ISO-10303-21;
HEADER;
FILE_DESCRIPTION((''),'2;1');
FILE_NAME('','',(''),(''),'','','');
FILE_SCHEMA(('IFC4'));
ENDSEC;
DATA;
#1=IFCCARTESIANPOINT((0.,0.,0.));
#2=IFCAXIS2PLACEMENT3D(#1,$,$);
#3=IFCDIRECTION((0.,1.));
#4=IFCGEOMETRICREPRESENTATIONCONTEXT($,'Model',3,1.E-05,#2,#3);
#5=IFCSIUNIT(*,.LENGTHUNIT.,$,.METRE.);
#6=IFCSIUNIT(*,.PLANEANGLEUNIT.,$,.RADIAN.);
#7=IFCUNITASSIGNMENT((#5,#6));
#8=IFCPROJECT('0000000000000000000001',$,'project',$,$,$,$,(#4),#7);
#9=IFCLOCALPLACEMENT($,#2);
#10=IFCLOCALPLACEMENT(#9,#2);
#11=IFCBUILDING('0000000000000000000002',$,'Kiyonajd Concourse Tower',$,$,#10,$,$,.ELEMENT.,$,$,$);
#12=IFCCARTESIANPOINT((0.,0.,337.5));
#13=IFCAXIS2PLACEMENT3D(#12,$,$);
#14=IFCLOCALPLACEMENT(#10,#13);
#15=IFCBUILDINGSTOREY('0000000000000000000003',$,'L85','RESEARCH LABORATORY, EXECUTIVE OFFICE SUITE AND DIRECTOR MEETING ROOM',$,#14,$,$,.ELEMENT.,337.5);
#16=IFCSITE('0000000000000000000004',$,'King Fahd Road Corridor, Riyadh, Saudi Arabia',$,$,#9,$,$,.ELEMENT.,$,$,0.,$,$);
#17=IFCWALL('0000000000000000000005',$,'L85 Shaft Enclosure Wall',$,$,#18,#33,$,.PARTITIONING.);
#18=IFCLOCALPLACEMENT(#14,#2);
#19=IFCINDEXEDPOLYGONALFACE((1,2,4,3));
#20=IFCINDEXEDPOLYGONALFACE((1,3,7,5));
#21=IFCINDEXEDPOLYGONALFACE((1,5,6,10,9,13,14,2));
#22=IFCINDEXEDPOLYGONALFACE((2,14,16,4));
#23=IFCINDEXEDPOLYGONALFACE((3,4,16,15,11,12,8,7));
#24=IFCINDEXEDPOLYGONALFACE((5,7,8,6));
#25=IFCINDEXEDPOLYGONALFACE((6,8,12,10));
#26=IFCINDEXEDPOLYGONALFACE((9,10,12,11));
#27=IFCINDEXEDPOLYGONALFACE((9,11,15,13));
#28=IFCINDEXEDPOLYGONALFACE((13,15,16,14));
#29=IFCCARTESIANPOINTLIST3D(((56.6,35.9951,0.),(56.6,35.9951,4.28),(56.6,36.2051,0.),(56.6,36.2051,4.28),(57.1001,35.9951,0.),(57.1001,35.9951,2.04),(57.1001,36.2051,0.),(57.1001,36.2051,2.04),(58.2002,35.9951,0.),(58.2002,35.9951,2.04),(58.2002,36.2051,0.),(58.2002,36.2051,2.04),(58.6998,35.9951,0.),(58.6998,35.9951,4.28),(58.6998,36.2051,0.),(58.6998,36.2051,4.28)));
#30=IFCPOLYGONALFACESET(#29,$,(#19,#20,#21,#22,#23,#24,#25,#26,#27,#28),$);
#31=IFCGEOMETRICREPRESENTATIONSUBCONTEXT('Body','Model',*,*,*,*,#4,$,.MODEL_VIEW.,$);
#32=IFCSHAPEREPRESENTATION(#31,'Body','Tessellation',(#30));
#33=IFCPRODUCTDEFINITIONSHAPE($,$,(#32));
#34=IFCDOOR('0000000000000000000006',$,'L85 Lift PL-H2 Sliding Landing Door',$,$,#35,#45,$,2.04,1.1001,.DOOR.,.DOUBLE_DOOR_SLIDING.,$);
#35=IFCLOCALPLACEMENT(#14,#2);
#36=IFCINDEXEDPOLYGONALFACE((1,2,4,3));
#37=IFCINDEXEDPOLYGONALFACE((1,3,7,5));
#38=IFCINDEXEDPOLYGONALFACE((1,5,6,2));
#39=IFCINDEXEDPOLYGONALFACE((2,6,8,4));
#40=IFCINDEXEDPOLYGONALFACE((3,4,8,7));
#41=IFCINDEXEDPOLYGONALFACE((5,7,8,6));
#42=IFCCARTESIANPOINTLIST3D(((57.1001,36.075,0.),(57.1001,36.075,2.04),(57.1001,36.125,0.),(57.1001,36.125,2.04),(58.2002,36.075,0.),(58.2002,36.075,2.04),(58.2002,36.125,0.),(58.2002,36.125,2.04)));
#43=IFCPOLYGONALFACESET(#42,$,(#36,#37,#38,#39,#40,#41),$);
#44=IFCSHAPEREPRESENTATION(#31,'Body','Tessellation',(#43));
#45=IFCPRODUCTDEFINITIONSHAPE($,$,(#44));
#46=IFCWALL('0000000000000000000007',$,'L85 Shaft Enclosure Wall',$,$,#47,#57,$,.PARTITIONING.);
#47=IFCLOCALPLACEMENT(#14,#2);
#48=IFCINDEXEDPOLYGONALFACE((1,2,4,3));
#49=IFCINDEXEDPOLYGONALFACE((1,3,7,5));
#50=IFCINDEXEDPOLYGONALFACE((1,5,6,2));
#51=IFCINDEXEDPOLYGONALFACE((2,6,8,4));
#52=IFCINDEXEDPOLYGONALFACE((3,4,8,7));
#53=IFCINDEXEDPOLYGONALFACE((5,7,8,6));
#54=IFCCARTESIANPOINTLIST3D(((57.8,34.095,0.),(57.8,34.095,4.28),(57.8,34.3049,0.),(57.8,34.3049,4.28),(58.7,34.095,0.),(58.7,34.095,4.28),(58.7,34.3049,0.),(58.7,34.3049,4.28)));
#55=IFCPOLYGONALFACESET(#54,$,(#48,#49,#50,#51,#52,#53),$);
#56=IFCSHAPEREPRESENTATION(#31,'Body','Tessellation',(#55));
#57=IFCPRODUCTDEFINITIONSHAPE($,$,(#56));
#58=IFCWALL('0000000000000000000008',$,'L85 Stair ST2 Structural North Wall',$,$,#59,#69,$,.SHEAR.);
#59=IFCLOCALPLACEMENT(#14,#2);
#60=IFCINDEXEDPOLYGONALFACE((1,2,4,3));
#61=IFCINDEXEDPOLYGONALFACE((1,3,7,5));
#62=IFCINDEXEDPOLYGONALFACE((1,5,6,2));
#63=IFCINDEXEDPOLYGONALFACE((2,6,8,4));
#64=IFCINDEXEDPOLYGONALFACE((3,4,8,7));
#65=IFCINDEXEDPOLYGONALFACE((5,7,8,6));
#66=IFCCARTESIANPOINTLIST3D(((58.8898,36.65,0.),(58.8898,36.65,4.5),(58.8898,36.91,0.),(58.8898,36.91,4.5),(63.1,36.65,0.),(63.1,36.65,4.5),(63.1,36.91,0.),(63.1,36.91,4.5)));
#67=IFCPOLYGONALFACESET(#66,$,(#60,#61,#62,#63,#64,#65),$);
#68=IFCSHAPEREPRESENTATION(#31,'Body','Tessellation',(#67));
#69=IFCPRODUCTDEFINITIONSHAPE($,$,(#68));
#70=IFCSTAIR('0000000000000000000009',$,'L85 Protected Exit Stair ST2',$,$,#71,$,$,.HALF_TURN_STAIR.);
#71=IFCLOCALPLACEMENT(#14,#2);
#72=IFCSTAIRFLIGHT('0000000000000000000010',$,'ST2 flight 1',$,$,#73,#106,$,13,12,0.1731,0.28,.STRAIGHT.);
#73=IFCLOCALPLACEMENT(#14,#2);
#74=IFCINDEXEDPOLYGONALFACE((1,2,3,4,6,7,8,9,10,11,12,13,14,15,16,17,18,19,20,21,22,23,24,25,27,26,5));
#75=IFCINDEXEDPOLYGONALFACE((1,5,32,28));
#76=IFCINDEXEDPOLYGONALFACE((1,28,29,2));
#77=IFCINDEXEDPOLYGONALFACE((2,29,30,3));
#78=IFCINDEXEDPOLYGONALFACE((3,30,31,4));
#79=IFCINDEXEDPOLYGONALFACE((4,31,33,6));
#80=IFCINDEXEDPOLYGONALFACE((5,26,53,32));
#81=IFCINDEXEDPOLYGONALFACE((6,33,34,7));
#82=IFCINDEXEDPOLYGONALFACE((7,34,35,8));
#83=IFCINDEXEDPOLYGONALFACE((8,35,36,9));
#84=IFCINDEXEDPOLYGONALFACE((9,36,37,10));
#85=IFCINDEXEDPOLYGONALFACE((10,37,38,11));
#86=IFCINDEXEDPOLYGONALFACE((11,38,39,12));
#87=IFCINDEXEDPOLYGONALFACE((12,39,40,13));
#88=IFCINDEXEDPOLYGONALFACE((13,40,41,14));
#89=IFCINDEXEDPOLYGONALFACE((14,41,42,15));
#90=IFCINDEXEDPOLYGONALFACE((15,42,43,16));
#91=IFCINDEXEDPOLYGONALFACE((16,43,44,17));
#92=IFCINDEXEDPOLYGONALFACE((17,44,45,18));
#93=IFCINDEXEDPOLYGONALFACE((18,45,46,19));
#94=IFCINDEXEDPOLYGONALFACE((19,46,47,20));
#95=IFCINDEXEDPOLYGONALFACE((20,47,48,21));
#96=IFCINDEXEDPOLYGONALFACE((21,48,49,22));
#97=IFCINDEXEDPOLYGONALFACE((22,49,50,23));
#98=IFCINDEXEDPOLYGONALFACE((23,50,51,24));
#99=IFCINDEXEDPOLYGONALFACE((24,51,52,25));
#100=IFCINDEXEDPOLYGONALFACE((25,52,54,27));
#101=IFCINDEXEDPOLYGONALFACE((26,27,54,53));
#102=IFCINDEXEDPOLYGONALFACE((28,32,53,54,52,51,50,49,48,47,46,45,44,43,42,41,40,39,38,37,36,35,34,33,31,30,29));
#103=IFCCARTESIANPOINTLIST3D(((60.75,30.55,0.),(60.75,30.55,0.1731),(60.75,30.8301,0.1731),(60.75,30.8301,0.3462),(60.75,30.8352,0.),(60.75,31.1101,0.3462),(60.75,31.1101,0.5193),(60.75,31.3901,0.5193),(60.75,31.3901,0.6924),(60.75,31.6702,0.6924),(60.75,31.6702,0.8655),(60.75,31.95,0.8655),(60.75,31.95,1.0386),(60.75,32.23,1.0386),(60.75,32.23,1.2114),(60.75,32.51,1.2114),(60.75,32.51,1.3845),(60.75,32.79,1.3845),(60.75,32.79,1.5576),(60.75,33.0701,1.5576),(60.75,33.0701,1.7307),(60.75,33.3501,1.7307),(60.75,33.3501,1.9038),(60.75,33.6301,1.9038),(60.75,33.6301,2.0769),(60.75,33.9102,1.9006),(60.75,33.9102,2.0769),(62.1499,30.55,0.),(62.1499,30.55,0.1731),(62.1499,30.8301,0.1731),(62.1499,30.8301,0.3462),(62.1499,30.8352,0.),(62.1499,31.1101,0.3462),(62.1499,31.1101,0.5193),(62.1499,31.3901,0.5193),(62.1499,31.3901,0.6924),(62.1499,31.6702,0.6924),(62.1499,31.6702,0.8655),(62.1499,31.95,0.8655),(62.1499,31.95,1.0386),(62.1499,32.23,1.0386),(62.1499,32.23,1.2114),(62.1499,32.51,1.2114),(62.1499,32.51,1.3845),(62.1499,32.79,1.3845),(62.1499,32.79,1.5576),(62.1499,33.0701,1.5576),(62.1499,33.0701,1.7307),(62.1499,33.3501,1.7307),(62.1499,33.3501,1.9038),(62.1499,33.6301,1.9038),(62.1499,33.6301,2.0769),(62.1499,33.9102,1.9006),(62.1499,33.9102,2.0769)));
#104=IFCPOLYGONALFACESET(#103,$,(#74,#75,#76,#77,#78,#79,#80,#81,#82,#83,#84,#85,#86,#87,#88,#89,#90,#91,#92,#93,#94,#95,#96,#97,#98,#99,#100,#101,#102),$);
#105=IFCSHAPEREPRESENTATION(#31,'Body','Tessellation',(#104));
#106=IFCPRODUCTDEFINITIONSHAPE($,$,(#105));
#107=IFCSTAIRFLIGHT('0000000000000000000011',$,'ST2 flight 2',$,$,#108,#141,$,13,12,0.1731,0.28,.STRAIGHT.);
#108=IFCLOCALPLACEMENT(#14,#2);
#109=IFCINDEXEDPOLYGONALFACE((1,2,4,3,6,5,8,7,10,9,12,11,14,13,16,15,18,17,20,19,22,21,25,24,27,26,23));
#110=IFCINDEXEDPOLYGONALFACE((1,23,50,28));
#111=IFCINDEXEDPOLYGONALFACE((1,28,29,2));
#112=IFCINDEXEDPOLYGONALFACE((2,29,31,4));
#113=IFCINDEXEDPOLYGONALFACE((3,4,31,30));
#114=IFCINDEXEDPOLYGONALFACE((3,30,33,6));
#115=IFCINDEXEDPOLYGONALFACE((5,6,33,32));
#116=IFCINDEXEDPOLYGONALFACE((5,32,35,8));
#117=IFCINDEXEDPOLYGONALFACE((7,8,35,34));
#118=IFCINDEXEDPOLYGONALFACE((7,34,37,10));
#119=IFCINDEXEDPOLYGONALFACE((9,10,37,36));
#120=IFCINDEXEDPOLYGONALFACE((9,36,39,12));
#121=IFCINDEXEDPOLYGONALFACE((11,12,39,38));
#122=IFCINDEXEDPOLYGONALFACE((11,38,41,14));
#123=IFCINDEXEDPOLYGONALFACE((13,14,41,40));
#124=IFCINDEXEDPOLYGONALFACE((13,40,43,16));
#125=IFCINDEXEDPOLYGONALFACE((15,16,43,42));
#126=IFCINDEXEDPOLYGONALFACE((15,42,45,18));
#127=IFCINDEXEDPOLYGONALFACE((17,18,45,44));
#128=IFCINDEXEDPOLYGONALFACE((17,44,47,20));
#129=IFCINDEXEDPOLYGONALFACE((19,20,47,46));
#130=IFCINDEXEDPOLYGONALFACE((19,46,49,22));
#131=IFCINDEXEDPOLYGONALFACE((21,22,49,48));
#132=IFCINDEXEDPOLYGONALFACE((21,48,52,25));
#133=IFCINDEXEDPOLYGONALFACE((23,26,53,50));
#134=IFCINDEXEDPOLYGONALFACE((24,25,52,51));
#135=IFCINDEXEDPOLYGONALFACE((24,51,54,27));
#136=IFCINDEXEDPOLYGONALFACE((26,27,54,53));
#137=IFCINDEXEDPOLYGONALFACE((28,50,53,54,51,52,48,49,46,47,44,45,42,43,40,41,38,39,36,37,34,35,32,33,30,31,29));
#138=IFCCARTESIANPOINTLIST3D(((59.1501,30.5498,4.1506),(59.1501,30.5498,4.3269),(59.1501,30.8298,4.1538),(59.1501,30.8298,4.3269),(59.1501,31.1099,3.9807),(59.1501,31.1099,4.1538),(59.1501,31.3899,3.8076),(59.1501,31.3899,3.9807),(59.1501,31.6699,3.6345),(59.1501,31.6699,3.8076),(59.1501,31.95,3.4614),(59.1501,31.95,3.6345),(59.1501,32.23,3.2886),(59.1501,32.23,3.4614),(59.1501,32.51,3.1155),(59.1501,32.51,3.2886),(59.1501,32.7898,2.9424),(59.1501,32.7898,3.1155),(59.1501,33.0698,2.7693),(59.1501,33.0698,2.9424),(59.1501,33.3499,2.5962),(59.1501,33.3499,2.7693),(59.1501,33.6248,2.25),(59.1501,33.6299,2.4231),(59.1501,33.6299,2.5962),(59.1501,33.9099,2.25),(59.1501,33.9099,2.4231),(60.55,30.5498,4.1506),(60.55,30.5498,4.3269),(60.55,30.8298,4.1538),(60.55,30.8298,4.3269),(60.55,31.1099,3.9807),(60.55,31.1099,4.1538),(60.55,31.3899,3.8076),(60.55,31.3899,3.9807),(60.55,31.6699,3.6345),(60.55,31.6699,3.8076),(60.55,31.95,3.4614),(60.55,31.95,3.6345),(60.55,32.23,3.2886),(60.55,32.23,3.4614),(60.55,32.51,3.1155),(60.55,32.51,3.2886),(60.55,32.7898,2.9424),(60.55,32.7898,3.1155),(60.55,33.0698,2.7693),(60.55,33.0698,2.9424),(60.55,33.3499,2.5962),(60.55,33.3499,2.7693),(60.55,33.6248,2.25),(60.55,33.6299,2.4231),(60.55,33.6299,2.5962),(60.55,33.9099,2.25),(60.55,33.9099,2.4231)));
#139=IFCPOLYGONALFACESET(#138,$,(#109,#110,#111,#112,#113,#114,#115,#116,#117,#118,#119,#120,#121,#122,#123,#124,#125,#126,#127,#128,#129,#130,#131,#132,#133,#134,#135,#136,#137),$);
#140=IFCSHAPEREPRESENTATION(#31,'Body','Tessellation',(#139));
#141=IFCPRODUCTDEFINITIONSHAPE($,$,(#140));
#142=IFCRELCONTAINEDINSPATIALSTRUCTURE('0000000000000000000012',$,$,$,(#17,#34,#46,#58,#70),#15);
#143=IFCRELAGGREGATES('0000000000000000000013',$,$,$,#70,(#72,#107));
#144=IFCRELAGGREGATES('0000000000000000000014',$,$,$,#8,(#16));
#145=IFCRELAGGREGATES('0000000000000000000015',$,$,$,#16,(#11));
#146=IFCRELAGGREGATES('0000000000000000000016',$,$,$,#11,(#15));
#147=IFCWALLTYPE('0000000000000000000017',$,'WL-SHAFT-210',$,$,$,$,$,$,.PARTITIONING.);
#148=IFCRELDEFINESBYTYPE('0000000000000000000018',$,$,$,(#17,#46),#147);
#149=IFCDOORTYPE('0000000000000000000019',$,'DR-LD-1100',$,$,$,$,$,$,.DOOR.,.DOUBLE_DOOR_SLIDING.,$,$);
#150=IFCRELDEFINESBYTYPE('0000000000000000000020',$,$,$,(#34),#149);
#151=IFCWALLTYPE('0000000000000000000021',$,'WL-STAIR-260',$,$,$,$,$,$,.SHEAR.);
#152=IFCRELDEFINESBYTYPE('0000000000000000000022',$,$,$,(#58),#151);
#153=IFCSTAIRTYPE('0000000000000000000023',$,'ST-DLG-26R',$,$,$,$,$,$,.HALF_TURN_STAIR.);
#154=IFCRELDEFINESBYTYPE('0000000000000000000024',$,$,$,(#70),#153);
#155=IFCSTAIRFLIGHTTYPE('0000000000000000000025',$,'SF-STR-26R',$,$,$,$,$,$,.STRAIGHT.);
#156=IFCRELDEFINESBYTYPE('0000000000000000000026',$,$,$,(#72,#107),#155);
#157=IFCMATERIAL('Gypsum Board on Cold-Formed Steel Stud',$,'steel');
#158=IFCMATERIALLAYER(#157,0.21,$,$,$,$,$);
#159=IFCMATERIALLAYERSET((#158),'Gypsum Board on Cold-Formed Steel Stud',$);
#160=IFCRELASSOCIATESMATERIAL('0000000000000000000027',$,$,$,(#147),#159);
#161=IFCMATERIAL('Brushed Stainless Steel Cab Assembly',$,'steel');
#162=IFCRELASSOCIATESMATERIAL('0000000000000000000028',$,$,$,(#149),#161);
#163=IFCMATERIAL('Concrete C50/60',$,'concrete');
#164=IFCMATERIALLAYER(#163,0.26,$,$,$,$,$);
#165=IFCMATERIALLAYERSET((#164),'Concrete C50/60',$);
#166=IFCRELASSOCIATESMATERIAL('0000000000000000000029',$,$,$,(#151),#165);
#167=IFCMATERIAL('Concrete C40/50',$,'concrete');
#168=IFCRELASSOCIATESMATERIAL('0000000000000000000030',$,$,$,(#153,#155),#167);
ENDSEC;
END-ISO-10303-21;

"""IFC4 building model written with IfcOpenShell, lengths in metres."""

from ifc_helpers import new_model, si_unit, direction, frame, frame_2d, origin, place, context, subcontext, project, spatial, polyline, rectangle, outline, extrude, material, layer, layer_set, type_object, element, fill, aggregate, save


model = new_model("IFC4")

# Units and contexts
model_context = context("Model", 3, precision=1e-05, world=origin(), true_north=direction((0.0, 1.0)))
body_context = subcontext(model_context, "Body", "Model", "MODEL_VIEW")
ifc_project = project(units=[si_unit("LENGTHUNIT", "METRE"), si_unit("PLANEANGLEUNIT", "RADIAN")], contexts=[model_context])

# Site, building, storey
site_placement = place(None, origin())
site = spatial("IfcSite", under=ifc_project, at=site_placement, Name="King Fahd Road Corridor, Riyadh, Saudi Arabia", CompositionType="ELEMENT", RefElevation=0.0)
building_placement = place(site_placement, origin())
building = spatial("IfcBuilding", under=site, at=building_placement, Name="Kiyonajd Concourse Tower", CompositionType="ELEMENT")
storey_placement = place(building_placement, frame((0.0, 0.0, 337.5)))
storey = spatial("IfcBuildingStorey", under=building, at=storey_placement, Name="L85", Description="RESEARCH LABORATORY, EXECUTIVE OFFICE SUITE AND DIRECTOR MEETING ROOM", CompositionType="ELEMENT", Elevation=337.5)

# Shared definitions
ifc_material_1 = material(Name="Concrete C50/60", Category="concrete")

# Shared definitions
ifc_material_2 = material(Name="Gypsum Board on Cold-Formed Steel Stud", Category="steel")
ifc_layer_1 = layer(ifc_material_2, 0.21)
ifc_layer_set_1 = layer_set([ifc_layer_1], Name="Gypsum Board on Cold-Formed Steel Stud")
wall_type_1 = type_object("IfcWallType", Name="WL-SHAFT-210", PredefinedType="PARTITIONING", material=ifc_layer_set_1)

# Wall, opening, door
wall_1_placement = place(storey_placement, frame((56.6001, 36.1001, 0.0), z_axis=(0.0, 0.0, 1.0), x_axis=(1.0, 0.0, 0.0)))
wall_1 = element("IfcWall", 1, at=wall_1_placement, inside=storey, type_object=wall_type_1, Name="L85 Shaft Enclosure Wall", PredefinedType="PARTITIONING", context=body_context, shape_type="SweptSolid", body=[
    extrude(rectangle(XDim=2.0999, YDim=0.21, at=frame_2d((1.0498, 0.0))), origin(), (0.0, 0.0, 1.0), 4.28),
])
opening_placement = place(wall_1_placement, frame((0.5, 0.0, 0.0)))
opening = element("IfcOpeningElement", 2, at=opening_placement, cuts=wall_1, PredefinedType="OPENING", context=body_context, shape_type="SweptSolid", body=[
    extrude(rectangle(XDim=1.1001, YDim=2.04, at=frame_2d((0.55, 1.02))), frame((0.0, 0.115, 0.0), z_axis=(0.0, -1.0, 0.0), x_axis=(1.0, 0.0, 0.0)), (0.0, 0.0, 1.0), 0.23),
])
ifc_material_3 = material(Name="Brushed Stainless Steel Cab Assembly", Category="steel")
door_type = type_object("IfcDoorType", Name="DR-LD-1100", OperationType="DOUBLE_DOOR_SLIDING", PredefinedType="DOOR", material=ifc_material_3)
door_placement = place(opening_placement, origin())
door = element("IfcDoor", 3, at=door_placement, inside=storey, type_object=door_type, Name="L85 Lift PL-H2 Sliding Landing Door", OperationType="DOUBLE_DOOR_SLIDING", OverallHeight=2.04, OverallWidth=1.1001, PredefinedType="DOOR", context=body_context, shape_type="SweptSolid", body=[
    extrude(rectangle(XDim=1.1001, YDim=2.04, at=frame_2d((0.55, 1.02))), frame((0.0, 0.0249, 0.0), z_axis=(0.0, -1.0, 0.0), x_axis=(1.0, 0.0, 0.0)), (0.0, 0.0, 1.0), 0.05),
])
fill(opening, door)

# Walls
wall_2_placement = place(storey_placement, frame((57.8, 34.2, 0.0), z_axis=(0.0, 0.0, 1.0), x_axis=(1.0, 0.0, 0.0)))
element("IfcWall", 4, at=wall_2_placement, inside=storey, type_object=wall_type_1, Name="L85 Shaft Enclosure Wall", PredefinedType="PARTITIONING", context=body_context, shape_type="SweptSolid", body=[
    extrude(rectangle(XDim=0.8999, YDim=0.21, at=frame_2d((0.45, 0.0))), origin(), (0.0, 0.0, 1.0), 4.28),
])
ifc_layer_2 = layer(ifc_material_1, 0.26)
ifc_layer_set_2 = layer_set([ifc_layer_2], Name="Concrete C50/60")
wall_type_2 = type_object("IfcWallType", Name="WL-STAIR-260", PredefinedType="SHEAR", material=ifc_layer_set_2)
wall_3_placement = place(storey_placement, frame((58.8899, 36.78, 0.0), z_axis=(0.0, 0.0, 1.0), x_axis=(1.0, 0.0, 0.0)))
element("IfcWall", 5, at=wall_3_placement, inside=storey, type_object=wall_type_2, Name="L85 Stair ST2 Structural North Wall", PredefinedType="SHEAR", context=body_context, shape_type="SweptSolid", body=[
    extrude(rectangle(XDim=4.2102, YDim=0.26, at=frame_2d((2.105, 0.0))), origin(), (0.0, 0.0, 1.0), 4.5),
])

# Stair, stair flights
ifc_material_4 = material(Name="Concrete C40/50", Category="concrete")
stair_type = type_object("IfcStairType", Name="ST-DLG-26R", PredefinedType="HALF_TURN_STAIR", material=ifc_material_4)
stair_placement = place(storey_placement, origin())
stair = element("IfcStair", 6, at=stair_placement, inside=storey, type_object=stair_type, Name="L85 Protected Exit Stair ST2", PredefinedType="HALF_TURN_STAIR")
stair_flight_type = type_object("IfcStairFlightType", Name="SF-STR-26R", PredefinedType="STRAIGHT", material=ifc_material_4)
stair_flight_1_placement = place(storey_placement, frame((61.45, 30.55, 0.0), z_axis=(0.0, 0.0, 1.0), x_axis=(0.0, 1.0, 0.0)))
stair_flight_1 = element("IfcStairFlight", 7, at=stair_flight_1_placement, type_object=stair_flight_type, Name="ST2 flight 1", NumberOfRisers=13, NumberOfTreads=12, PredefinedType="STRAIGHT", RiserHeight=0.1731, TreadLength=0.28, context=body_context, shape_type="SweptSolid", body=[
    extrude(outline(polyline([(0.0, 0.0), (0.0, 0.1731), (0.28, 0.1731), (0.28, 0.3462), (0.5601, 0.3462), (0.5601, 0.5193), (0.8401, 0.5193), (0.8401, 0.6924), (1.1201, 0.6924), (1.1201, 0.8655), (1.3999, 0.8655), (1.3999, 1.0386), (1.6799, 1.0386), (1.6799, 1.2114), (1.96, 1.2114), (1.96, 1.3845), (2.24, 1.3845), (2.24, 1.5576), (2.52, 1.5576), (2.52, 1.7307), (2.8, 1.7307), (2.8, 1.9038), (3.0801, 1.9038), (3.0801, 2.0769), (3.3601, 2.0769), (3.3601, 2.25), (3.3601, 1.9006), (0.2852, 0.0), (0.0, 0.0)])), frame((0.0, 0.7, 0.0), z_axis=(0.0, -1.0, 0.0), x_axis=(1.0, 0.0, 0.0)), (0.0, 0.0, 1.0), 1.3999),
])
stair_flight_2_placement = place(storey_placement, frame((59.8501, 33.9099, 2.25), z_axis=(0.0, 0.0, 1.0), x_axis=(0.0, -1.0, 0.0)))
stair_flight_2 = element("IfcStairFlight", 8, at=stair_flight_2_placement, type_object=stair_flight_type, Name="ST2 flight 2", NumberOfRisers=13, NumberOfTreads=12, PredefinedType="STRAIGHT", RiserHeight=0.1731, TreadLength=0.28, context=body_context, shape_type="SweptSolid", body=[
    extrude(outline(polyline([(0.0, 0.0), (0.0, 0.1731), (0.28, 0.1731), (0.28, 0.3462), (0.5601, 0.3462), (0.5601, 0.5193), (0.8401, 0.5193), (0.8401, 0.6924), (1.1201, 0.6924), (1.1201, 0.8655), (1.3999, 0.8655), (1.3999, 1.0386), (1.6799, 1.0386), (1.6799, 1.2114), (1.96, 1.2114), (1.96, 1.3845), (2.24, 1.3845), (2.24, 1.5576), (2.52, 1.5576), (2.52, 1.7307), (2.8, 1.7307), (2.8, 1.9038), (3.0801, 1.9038), (3.0801, 2.0769), (3.3601, 2.0769), (3.3601, 2.25), (3.3601, 1.9006), (0.2852, 0.0), (0.0, 0.0)])), frame((0.0, 0.7, 0.0), z_axis=(0.0, -1.0, 0.0), x_axis=(1.0, 0.0, 0.0)), (0.0, 0.0, 1.0), 1.3999),
])
aggregate(stair, [stair_flight_1, stair_flight_2])

save(model, "model.ifc")
